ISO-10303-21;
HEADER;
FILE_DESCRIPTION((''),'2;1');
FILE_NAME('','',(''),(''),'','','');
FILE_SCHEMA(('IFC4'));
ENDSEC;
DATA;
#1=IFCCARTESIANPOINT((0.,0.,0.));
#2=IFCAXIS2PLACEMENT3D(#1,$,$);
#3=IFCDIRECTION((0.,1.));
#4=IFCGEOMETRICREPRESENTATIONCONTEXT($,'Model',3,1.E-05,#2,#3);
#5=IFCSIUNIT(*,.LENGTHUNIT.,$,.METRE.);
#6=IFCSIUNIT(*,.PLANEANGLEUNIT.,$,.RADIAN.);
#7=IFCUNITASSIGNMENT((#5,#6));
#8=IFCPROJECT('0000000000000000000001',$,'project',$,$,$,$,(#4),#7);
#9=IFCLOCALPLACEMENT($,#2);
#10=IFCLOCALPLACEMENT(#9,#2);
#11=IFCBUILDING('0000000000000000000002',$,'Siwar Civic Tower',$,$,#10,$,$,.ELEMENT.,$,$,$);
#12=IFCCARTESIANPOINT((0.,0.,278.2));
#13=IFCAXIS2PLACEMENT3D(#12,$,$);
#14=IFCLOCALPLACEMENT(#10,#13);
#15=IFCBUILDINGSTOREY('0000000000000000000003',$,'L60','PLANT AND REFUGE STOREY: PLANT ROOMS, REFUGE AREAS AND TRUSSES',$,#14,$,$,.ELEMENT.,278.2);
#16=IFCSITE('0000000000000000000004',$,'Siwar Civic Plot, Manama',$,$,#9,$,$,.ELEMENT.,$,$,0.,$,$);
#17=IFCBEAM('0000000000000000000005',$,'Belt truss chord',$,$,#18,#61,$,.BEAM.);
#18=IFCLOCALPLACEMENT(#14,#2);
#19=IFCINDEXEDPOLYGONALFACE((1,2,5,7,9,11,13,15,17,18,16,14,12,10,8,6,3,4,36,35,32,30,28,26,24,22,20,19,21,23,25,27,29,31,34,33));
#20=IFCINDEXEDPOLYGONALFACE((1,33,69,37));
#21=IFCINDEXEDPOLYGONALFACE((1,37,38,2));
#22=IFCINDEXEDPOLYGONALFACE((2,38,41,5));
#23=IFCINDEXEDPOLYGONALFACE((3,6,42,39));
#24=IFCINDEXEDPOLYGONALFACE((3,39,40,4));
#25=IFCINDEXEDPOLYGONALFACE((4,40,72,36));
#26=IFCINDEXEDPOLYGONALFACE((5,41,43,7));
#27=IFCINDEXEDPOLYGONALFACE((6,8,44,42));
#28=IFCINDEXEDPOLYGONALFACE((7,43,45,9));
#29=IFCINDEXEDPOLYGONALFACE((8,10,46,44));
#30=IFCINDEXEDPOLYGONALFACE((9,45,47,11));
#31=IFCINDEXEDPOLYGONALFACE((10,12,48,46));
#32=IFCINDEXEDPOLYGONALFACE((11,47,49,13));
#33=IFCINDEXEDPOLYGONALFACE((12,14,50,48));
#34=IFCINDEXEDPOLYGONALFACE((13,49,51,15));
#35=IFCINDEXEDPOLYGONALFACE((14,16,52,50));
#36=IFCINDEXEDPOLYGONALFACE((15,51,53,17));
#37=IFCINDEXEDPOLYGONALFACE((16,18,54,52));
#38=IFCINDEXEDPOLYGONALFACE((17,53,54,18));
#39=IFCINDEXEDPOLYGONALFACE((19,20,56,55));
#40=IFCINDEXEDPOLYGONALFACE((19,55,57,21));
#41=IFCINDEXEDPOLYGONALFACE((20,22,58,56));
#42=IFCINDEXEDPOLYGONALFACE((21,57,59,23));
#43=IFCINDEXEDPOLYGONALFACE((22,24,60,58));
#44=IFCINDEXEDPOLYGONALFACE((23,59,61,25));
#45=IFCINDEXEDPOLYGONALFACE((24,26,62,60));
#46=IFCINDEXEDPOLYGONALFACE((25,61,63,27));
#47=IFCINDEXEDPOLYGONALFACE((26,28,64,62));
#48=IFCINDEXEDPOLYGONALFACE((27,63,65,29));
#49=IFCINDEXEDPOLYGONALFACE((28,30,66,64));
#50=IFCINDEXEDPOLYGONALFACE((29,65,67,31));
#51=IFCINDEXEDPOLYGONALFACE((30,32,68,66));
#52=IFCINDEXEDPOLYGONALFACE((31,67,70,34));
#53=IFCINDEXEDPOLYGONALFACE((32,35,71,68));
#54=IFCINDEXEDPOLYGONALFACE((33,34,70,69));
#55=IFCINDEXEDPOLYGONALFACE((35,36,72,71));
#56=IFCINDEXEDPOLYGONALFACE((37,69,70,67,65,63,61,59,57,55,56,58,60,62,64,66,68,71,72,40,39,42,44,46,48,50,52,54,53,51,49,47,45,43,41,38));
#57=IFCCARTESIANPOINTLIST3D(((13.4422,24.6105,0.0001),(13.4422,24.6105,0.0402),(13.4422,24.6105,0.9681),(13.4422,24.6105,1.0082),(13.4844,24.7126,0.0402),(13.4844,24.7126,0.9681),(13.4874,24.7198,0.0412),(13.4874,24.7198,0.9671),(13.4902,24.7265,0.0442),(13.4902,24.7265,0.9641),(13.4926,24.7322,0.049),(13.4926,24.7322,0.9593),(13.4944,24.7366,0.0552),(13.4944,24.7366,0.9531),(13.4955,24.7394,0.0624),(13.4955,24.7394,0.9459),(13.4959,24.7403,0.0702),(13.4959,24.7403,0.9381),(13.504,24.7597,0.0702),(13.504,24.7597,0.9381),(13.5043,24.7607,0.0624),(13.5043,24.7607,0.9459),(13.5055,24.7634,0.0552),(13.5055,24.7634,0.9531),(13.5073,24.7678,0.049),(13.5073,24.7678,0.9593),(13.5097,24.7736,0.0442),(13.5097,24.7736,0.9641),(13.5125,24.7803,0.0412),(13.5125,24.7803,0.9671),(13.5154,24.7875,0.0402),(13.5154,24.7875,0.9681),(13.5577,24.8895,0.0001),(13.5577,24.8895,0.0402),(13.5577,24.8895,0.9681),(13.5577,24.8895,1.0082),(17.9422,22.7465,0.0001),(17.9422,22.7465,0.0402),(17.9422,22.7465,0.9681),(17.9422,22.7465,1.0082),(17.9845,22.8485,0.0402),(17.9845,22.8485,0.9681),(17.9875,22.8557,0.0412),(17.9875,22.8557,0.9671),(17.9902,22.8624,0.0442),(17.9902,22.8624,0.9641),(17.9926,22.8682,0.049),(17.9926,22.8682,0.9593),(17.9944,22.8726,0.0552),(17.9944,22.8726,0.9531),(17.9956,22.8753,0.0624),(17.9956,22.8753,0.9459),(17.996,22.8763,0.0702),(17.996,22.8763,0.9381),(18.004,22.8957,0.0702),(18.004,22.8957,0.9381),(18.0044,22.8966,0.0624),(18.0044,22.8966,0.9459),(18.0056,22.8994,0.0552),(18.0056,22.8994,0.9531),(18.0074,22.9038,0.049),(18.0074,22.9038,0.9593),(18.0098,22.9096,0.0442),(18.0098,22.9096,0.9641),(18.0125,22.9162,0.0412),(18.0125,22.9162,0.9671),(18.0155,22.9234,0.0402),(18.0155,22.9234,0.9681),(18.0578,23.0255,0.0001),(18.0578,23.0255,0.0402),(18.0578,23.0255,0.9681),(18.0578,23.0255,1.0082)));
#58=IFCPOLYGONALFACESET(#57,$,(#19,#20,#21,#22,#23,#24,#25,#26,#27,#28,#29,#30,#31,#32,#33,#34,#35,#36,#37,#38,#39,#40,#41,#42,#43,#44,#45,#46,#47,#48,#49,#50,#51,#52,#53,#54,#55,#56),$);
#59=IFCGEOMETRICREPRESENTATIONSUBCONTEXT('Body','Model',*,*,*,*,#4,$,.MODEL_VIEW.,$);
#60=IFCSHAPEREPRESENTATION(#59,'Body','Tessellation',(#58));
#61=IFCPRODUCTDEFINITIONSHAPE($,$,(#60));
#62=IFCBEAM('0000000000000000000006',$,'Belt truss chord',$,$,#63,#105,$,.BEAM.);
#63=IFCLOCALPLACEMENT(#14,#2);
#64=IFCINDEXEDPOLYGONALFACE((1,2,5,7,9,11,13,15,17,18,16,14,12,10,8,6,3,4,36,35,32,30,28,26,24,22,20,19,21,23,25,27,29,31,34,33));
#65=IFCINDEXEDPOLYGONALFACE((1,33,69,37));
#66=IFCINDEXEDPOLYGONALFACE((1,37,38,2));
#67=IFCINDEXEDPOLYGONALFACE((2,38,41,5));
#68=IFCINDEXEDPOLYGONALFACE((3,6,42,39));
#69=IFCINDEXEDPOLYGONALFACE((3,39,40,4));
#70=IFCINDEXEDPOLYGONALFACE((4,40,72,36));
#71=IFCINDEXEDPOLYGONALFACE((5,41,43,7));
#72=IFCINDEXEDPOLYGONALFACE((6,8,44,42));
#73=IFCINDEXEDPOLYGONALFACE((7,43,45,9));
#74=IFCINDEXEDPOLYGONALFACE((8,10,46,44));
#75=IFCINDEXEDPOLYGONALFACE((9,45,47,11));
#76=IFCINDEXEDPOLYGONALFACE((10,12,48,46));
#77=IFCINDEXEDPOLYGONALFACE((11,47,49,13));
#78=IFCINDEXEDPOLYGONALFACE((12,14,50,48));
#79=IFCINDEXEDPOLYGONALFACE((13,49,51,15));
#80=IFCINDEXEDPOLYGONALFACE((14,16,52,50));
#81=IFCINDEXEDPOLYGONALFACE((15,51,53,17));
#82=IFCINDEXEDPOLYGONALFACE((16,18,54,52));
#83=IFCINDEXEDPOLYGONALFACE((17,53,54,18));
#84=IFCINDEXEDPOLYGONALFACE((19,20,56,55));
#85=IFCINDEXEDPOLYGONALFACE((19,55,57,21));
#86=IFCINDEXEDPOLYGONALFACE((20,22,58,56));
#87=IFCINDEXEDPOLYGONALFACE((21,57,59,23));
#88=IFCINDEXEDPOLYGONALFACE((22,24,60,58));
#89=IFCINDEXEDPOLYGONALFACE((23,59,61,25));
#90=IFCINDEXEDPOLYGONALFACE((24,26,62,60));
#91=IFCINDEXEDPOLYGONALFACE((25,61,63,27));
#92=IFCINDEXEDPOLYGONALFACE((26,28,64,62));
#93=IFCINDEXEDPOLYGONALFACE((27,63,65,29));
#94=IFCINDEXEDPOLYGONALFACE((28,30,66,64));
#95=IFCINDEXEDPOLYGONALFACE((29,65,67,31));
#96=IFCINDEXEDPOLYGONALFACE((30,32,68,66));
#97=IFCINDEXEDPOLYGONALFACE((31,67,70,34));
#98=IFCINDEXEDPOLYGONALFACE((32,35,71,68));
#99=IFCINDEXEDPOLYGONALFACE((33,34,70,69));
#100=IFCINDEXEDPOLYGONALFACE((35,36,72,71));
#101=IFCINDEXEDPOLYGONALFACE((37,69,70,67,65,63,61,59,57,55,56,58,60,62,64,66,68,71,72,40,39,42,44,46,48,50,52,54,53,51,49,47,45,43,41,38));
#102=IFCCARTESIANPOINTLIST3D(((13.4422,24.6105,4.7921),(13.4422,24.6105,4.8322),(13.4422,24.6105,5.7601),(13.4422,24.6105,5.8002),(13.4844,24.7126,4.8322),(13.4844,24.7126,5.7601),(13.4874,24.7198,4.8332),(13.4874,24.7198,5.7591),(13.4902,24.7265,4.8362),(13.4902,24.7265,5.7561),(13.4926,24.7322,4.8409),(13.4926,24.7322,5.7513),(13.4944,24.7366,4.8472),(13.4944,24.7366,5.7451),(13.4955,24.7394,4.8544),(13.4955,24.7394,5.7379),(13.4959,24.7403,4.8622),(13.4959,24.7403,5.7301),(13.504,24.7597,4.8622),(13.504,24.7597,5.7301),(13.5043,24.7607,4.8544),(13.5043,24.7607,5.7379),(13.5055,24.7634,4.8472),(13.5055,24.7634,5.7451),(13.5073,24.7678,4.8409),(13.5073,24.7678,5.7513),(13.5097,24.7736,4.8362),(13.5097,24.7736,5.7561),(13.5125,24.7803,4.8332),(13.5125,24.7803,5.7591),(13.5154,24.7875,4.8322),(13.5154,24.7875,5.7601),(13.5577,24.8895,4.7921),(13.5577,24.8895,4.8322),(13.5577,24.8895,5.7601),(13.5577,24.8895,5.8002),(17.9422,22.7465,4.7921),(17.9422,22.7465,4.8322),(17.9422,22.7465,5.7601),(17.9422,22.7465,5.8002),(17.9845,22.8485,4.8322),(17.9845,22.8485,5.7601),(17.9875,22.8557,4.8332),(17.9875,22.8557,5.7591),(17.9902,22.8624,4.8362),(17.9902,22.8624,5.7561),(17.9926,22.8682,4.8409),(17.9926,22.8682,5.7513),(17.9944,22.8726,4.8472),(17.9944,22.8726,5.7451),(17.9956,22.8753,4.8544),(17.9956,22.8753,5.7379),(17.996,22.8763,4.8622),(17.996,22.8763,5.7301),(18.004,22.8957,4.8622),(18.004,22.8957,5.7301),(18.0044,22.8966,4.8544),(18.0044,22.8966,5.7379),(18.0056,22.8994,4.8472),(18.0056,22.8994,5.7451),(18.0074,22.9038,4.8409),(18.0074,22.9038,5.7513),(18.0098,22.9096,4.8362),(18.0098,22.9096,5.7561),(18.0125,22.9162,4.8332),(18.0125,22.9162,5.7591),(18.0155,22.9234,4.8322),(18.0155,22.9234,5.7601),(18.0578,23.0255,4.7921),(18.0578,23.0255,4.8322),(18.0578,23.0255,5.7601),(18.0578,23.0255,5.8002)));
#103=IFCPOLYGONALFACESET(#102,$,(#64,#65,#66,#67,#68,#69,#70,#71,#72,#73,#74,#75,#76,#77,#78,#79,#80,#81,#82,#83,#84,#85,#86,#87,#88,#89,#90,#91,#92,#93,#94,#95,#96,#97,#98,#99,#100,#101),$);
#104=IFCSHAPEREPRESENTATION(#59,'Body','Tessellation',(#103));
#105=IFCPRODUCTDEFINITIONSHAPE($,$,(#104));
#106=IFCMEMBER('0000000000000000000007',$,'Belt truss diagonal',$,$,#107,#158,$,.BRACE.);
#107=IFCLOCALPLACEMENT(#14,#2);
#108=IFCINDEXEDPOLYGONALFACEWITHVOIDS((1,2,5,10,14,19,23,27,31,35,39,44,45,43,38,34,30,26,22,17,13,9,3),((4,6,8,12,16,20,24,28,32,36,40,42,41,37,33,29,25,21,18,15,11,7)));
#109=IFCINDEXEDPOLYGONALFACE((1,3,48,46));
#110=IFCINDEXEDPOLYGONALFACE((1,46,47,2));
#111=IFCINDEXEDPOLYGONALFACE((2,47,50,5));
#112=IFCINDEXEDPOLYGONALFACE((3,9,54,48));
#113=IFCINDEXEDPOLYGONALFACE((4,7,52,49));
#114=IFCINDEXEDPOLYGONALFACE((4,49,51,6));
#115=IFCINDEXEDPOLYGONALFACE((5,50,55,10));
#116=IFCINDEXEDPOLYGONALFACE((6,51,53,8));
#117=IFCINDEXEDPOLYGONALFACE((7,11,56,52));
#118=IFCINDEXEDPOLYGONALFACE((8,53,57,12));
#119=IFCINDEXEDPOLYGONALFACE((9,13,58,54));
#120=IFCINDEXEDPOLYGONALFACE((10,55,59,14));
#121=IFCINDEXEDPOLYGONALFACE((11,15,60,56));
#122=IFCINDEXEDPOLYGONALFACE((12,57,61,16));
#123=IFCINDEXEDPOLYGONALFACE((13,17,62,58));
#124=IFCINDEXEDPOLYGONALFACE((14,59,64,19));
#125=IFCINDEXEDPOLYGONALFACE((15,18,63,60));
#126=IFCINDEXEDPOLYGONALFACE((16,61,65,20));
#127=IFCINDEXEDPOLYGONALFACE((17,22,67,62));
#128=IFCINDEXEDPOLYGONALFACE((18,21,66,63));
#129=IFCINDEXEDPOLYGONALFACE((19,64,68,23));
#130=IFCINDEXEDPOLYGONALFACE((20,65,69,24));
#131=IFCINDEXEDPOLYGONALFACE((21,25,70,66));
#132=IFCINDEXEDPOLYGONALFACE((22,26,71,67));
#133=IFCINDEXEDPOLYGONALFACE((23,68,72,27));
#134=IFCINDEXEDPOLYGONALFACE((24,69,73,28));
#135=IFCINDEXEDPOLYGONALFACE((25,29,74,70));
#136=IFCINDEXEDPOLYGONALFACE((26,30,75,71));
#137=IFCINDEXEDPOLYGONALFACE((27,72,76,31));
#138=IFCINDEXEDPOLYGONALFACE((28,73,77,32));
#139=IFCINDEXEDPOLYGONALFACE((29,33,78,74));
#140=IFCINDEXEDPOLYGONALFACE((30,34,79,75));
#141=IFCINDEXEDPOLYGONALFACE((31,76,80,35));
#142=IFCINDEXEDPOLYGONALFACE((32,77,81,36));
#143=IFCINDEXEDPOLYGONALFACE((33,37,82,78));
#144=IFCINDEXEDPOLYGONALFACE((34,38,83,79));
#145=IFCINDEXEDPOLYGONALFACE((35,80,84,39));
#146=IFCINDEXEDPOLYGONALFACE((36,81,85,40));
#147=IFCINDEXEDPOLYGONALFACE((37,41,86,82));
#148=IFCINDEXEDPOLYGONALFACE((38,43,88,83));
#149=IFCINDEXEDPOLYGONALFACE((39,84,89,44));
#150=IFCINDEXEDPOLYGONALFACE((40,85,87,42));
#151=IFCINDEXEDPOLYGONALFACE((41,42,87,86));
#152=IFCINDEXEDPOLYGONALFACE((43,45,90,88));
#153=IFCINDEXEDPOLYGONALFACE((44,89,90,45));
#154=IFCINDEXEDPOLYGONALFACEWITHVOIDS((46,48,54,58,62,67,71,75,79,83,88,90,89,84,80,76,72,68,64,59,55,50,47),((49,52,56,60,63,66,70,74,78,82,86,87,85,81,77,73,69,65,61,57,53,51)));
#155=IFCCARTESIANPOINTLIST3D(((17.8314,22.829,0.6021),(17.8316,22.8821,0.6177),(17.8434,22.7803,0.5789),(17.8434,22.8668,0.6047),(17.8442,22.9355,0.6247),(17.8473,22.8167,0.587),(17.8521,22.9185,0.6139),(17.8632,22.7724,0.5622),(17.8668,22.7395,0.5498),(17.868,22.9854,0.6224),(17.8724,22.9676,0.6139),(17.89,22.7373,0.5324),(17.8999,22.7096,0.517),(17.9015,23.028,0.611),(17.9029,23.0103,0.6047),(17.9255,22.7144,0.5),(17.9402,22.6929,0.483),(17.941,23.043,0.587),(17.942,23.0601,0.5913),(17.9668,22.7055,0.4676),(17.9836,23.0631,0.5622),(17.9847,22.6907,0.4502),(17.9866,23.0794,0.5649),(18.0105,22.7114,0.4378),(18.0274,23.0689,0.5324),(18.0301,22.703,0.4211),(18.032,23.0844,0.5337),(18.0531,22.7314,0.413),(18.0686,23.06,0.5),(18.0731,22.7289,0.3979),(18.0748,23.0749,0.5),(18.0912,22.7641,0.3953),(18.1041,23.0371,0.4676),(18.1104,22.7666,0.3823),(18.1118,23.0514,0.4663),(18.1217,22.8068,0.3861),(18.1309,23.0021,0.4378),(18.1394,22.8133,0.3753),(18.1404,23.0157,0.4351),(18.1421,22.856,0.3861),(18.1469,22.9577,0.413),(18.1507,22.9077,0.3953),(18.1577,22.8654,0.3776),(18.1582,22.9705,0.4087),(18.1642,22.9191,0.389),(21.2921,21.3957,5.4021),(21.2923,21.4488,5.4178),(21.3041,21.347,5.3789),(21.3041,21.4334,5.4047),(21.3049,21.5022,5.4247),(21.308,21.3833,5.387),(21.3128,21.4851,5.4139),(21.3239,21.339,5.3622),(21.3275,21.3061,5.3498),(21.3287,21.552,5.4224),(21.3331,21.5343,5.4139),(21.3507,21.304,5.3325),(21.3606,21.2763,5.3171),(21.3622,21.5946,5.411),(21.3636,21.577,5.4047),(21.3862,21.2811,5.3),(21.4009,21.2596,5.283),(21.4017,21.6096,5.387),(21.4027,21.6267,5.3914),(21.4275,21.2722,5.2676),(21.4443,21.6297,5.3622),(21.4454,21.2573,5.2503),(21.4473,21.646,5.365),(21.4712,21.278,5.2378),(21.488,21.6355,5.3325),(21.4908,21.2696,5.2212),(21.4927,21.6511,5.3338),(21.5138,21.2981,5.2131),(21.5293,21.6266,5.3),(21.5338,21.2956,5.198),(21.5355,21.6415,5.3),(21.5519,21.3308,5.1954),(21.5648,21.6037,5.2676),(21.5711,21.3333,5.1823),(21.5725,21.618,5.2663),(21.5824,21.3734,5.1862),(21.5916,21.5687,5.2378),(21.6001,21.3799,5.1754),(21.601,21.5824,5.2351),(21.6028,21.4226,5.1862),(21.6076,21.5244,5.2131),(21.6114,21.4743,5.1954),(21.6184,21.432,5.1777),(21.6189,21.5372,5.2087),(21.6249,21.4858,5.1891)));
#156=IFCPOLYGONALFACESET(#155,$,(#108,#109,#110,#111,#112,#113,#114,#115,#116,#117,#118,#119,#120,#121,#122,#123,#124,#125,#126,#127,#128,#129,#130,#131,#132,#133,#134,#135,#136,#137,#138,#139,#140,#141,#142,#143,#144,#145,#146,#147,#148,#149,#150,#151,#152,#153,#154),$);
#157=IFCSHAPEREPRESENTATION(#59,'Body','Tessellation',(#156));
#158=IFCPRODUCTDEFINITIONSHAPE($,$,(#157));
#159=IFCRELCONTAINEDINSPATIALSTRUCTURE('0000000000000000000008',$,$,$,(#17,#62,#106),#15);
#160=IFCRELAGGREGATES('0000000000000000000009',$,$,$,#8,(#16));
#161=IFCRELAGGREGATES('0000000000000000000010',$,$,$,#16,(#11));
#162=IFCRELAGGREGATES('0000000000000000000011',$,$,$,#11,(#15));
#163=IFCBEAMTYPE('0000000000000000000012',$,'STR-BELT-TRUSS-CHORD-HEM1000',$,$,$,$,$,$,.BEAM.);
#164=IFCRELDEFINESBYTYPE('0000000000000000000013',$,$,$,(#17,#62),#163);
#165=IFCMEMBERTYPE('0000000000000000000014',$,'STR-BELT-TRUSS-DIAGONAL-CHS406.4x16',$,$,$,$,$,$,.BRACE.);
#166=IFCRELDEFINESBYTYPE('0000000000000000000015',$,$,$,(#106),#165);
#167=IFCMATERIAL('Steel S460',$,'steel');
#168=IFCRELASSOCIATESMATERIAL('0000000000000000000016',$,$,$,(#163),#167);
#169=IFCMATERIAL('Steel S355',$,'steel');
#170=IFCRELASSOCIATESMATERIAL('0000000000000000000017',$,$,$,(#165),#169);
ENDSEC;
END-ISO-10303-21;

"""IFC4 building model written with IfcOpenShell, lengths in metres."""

from ifc_helpers import new_model, si_unit, direction, frame, origin, origin_2d, place, context, subcontext, project, spatial, hollow_circle, i_section, extrude, material, material_profile, profile_set, type_object, element, save


model = new_model("IFC4")

# Units and contexts
model_context = context("Model", 3, precision=1e-05, world=origin(), true_north=direction((0.0, 1.0)))
body_context = subcontext(model_context, "Body", "Model", "MODEL_VIEW")
ifc_project = project(units=[si_unit("LENGTHUNIT", "METRE"), si_unit("PLANEANGLEUNIT", "RADIAN")], contexts=[model_context])

# Site, building, storey
site_placement = place(None, origin())
site = spatial("IfcSite", under=ifc_project, at=site_placement, Name="Siwar Civic Plot, Manama", CompositionType="ELEMENT", RefElevation=0.0)
building_placement = place(site_placement, origin())
building = spatial("IfcBuilding", under=site, at=building_placement, Name="Siwar Civic Tower", CompositionType="ELEMENT")
storey_placement = place(building_placement, frame((0.0, 0.0, 278.2)))
storey = spatial("IfcBuildingStorey", under=building, at=storey_placement, Name="L60", Description="PLANT AND REFUGE STOREY: PLANT ROOMS, REFUGE AREAS AND TRUSSES", CompositionType="ELEMENT", Elevation=278.2)

# Beams
ifc_material_1 = material(Name="Steel S460", Category="steel")
ifc_material_profile_1 = material_profile(ifc_material_1, i_section(OverallWidth=0.302, OverallDepth=1.0081, WebThickness=0.021, FlangeThickness=0.04, FilletRadius=0.03, at=origin_2d()), Name="HEM1000")
ifc_profile_set_1 = profile_set([ifc_material_profile_1], Name="Steel S460")
beam_type_1 = type_object("IfcBeamType", Name="STR-BELT-TRUSS-CHORD-HEM1000", PredefinedType="BEAM", material=ifc_profile_set_1)
for number, where, z_axis, x_axis, name in (
    (1, (18.0, 22.886, 0.5042), (-0.923876, 0.382693, 0.0), (-0.382693, -0.923876, 0.0), "Belt truss chord"),
    (2, (18.0, 22.886, 5.2961), (-0.923876, 0.382693, 0.0), (-0.382693, -0.923876, 0.0), "Belt truss chord"),
):
    element("IfcBeam", number, at=place(storey_placement, frame(where, z_axis=z_axis, x_axis=x_axis)), inside=storey, type_object=beam_type_1, Name=name, PredefinedType="BEAM", context=body_context, shape_type="SweptSolid", body=[
        extrude(i_section(OverallWidth=0.302, OverallDepth=1.0081, WebThickness=0.021, FlangeThickness=0.04, FilletRadius=0.03, at=origin_2d()), origin(), (0.0, 0.0, 1.0), 4.8708),
    ])

# Member
ifc_material_2 = material(Name="Steel S355", Category="steel")
ifc_material_profile_2 = material_profile(ifc_material_2, hollow_circle(Radius=0.2031, WallThickness=0.0161, at=origin_2d()), Name="CHS406.4x16")
ifc_profile_set_2 = profile_set([ifc_material_profile_2], Name="Steel S355")
member_type_1 = type_object("IfcMemberType", Name="STR-BELT-TRUSS-DIAGONAL-CHS406.4x16", PredefinedType="BRACE", material=ifc_profile_set_2)
member_1_placement = place(storey_placement, frame((17.9971, 22.8872, 0.5), z_axis=(0.568387, -0.235414, 0.788363), x_axis=(0.382657, 0.923891, 0.0)))
element("IfcMember", 3, at=member_1_placement, inside=storey, type_object=member_type_1, Name="Belt truss diagonal", PredefinedType="BRACE", context=body_context, shape_type="SweptSolid", body=[
    extrude(hollow_circle(Radius=0.2031, WallThickness=0.0161, at=origin_2d()), origin(), (0.0, 0.0, 1.0), 6.0886),
])

save(model, "model.ifc")
